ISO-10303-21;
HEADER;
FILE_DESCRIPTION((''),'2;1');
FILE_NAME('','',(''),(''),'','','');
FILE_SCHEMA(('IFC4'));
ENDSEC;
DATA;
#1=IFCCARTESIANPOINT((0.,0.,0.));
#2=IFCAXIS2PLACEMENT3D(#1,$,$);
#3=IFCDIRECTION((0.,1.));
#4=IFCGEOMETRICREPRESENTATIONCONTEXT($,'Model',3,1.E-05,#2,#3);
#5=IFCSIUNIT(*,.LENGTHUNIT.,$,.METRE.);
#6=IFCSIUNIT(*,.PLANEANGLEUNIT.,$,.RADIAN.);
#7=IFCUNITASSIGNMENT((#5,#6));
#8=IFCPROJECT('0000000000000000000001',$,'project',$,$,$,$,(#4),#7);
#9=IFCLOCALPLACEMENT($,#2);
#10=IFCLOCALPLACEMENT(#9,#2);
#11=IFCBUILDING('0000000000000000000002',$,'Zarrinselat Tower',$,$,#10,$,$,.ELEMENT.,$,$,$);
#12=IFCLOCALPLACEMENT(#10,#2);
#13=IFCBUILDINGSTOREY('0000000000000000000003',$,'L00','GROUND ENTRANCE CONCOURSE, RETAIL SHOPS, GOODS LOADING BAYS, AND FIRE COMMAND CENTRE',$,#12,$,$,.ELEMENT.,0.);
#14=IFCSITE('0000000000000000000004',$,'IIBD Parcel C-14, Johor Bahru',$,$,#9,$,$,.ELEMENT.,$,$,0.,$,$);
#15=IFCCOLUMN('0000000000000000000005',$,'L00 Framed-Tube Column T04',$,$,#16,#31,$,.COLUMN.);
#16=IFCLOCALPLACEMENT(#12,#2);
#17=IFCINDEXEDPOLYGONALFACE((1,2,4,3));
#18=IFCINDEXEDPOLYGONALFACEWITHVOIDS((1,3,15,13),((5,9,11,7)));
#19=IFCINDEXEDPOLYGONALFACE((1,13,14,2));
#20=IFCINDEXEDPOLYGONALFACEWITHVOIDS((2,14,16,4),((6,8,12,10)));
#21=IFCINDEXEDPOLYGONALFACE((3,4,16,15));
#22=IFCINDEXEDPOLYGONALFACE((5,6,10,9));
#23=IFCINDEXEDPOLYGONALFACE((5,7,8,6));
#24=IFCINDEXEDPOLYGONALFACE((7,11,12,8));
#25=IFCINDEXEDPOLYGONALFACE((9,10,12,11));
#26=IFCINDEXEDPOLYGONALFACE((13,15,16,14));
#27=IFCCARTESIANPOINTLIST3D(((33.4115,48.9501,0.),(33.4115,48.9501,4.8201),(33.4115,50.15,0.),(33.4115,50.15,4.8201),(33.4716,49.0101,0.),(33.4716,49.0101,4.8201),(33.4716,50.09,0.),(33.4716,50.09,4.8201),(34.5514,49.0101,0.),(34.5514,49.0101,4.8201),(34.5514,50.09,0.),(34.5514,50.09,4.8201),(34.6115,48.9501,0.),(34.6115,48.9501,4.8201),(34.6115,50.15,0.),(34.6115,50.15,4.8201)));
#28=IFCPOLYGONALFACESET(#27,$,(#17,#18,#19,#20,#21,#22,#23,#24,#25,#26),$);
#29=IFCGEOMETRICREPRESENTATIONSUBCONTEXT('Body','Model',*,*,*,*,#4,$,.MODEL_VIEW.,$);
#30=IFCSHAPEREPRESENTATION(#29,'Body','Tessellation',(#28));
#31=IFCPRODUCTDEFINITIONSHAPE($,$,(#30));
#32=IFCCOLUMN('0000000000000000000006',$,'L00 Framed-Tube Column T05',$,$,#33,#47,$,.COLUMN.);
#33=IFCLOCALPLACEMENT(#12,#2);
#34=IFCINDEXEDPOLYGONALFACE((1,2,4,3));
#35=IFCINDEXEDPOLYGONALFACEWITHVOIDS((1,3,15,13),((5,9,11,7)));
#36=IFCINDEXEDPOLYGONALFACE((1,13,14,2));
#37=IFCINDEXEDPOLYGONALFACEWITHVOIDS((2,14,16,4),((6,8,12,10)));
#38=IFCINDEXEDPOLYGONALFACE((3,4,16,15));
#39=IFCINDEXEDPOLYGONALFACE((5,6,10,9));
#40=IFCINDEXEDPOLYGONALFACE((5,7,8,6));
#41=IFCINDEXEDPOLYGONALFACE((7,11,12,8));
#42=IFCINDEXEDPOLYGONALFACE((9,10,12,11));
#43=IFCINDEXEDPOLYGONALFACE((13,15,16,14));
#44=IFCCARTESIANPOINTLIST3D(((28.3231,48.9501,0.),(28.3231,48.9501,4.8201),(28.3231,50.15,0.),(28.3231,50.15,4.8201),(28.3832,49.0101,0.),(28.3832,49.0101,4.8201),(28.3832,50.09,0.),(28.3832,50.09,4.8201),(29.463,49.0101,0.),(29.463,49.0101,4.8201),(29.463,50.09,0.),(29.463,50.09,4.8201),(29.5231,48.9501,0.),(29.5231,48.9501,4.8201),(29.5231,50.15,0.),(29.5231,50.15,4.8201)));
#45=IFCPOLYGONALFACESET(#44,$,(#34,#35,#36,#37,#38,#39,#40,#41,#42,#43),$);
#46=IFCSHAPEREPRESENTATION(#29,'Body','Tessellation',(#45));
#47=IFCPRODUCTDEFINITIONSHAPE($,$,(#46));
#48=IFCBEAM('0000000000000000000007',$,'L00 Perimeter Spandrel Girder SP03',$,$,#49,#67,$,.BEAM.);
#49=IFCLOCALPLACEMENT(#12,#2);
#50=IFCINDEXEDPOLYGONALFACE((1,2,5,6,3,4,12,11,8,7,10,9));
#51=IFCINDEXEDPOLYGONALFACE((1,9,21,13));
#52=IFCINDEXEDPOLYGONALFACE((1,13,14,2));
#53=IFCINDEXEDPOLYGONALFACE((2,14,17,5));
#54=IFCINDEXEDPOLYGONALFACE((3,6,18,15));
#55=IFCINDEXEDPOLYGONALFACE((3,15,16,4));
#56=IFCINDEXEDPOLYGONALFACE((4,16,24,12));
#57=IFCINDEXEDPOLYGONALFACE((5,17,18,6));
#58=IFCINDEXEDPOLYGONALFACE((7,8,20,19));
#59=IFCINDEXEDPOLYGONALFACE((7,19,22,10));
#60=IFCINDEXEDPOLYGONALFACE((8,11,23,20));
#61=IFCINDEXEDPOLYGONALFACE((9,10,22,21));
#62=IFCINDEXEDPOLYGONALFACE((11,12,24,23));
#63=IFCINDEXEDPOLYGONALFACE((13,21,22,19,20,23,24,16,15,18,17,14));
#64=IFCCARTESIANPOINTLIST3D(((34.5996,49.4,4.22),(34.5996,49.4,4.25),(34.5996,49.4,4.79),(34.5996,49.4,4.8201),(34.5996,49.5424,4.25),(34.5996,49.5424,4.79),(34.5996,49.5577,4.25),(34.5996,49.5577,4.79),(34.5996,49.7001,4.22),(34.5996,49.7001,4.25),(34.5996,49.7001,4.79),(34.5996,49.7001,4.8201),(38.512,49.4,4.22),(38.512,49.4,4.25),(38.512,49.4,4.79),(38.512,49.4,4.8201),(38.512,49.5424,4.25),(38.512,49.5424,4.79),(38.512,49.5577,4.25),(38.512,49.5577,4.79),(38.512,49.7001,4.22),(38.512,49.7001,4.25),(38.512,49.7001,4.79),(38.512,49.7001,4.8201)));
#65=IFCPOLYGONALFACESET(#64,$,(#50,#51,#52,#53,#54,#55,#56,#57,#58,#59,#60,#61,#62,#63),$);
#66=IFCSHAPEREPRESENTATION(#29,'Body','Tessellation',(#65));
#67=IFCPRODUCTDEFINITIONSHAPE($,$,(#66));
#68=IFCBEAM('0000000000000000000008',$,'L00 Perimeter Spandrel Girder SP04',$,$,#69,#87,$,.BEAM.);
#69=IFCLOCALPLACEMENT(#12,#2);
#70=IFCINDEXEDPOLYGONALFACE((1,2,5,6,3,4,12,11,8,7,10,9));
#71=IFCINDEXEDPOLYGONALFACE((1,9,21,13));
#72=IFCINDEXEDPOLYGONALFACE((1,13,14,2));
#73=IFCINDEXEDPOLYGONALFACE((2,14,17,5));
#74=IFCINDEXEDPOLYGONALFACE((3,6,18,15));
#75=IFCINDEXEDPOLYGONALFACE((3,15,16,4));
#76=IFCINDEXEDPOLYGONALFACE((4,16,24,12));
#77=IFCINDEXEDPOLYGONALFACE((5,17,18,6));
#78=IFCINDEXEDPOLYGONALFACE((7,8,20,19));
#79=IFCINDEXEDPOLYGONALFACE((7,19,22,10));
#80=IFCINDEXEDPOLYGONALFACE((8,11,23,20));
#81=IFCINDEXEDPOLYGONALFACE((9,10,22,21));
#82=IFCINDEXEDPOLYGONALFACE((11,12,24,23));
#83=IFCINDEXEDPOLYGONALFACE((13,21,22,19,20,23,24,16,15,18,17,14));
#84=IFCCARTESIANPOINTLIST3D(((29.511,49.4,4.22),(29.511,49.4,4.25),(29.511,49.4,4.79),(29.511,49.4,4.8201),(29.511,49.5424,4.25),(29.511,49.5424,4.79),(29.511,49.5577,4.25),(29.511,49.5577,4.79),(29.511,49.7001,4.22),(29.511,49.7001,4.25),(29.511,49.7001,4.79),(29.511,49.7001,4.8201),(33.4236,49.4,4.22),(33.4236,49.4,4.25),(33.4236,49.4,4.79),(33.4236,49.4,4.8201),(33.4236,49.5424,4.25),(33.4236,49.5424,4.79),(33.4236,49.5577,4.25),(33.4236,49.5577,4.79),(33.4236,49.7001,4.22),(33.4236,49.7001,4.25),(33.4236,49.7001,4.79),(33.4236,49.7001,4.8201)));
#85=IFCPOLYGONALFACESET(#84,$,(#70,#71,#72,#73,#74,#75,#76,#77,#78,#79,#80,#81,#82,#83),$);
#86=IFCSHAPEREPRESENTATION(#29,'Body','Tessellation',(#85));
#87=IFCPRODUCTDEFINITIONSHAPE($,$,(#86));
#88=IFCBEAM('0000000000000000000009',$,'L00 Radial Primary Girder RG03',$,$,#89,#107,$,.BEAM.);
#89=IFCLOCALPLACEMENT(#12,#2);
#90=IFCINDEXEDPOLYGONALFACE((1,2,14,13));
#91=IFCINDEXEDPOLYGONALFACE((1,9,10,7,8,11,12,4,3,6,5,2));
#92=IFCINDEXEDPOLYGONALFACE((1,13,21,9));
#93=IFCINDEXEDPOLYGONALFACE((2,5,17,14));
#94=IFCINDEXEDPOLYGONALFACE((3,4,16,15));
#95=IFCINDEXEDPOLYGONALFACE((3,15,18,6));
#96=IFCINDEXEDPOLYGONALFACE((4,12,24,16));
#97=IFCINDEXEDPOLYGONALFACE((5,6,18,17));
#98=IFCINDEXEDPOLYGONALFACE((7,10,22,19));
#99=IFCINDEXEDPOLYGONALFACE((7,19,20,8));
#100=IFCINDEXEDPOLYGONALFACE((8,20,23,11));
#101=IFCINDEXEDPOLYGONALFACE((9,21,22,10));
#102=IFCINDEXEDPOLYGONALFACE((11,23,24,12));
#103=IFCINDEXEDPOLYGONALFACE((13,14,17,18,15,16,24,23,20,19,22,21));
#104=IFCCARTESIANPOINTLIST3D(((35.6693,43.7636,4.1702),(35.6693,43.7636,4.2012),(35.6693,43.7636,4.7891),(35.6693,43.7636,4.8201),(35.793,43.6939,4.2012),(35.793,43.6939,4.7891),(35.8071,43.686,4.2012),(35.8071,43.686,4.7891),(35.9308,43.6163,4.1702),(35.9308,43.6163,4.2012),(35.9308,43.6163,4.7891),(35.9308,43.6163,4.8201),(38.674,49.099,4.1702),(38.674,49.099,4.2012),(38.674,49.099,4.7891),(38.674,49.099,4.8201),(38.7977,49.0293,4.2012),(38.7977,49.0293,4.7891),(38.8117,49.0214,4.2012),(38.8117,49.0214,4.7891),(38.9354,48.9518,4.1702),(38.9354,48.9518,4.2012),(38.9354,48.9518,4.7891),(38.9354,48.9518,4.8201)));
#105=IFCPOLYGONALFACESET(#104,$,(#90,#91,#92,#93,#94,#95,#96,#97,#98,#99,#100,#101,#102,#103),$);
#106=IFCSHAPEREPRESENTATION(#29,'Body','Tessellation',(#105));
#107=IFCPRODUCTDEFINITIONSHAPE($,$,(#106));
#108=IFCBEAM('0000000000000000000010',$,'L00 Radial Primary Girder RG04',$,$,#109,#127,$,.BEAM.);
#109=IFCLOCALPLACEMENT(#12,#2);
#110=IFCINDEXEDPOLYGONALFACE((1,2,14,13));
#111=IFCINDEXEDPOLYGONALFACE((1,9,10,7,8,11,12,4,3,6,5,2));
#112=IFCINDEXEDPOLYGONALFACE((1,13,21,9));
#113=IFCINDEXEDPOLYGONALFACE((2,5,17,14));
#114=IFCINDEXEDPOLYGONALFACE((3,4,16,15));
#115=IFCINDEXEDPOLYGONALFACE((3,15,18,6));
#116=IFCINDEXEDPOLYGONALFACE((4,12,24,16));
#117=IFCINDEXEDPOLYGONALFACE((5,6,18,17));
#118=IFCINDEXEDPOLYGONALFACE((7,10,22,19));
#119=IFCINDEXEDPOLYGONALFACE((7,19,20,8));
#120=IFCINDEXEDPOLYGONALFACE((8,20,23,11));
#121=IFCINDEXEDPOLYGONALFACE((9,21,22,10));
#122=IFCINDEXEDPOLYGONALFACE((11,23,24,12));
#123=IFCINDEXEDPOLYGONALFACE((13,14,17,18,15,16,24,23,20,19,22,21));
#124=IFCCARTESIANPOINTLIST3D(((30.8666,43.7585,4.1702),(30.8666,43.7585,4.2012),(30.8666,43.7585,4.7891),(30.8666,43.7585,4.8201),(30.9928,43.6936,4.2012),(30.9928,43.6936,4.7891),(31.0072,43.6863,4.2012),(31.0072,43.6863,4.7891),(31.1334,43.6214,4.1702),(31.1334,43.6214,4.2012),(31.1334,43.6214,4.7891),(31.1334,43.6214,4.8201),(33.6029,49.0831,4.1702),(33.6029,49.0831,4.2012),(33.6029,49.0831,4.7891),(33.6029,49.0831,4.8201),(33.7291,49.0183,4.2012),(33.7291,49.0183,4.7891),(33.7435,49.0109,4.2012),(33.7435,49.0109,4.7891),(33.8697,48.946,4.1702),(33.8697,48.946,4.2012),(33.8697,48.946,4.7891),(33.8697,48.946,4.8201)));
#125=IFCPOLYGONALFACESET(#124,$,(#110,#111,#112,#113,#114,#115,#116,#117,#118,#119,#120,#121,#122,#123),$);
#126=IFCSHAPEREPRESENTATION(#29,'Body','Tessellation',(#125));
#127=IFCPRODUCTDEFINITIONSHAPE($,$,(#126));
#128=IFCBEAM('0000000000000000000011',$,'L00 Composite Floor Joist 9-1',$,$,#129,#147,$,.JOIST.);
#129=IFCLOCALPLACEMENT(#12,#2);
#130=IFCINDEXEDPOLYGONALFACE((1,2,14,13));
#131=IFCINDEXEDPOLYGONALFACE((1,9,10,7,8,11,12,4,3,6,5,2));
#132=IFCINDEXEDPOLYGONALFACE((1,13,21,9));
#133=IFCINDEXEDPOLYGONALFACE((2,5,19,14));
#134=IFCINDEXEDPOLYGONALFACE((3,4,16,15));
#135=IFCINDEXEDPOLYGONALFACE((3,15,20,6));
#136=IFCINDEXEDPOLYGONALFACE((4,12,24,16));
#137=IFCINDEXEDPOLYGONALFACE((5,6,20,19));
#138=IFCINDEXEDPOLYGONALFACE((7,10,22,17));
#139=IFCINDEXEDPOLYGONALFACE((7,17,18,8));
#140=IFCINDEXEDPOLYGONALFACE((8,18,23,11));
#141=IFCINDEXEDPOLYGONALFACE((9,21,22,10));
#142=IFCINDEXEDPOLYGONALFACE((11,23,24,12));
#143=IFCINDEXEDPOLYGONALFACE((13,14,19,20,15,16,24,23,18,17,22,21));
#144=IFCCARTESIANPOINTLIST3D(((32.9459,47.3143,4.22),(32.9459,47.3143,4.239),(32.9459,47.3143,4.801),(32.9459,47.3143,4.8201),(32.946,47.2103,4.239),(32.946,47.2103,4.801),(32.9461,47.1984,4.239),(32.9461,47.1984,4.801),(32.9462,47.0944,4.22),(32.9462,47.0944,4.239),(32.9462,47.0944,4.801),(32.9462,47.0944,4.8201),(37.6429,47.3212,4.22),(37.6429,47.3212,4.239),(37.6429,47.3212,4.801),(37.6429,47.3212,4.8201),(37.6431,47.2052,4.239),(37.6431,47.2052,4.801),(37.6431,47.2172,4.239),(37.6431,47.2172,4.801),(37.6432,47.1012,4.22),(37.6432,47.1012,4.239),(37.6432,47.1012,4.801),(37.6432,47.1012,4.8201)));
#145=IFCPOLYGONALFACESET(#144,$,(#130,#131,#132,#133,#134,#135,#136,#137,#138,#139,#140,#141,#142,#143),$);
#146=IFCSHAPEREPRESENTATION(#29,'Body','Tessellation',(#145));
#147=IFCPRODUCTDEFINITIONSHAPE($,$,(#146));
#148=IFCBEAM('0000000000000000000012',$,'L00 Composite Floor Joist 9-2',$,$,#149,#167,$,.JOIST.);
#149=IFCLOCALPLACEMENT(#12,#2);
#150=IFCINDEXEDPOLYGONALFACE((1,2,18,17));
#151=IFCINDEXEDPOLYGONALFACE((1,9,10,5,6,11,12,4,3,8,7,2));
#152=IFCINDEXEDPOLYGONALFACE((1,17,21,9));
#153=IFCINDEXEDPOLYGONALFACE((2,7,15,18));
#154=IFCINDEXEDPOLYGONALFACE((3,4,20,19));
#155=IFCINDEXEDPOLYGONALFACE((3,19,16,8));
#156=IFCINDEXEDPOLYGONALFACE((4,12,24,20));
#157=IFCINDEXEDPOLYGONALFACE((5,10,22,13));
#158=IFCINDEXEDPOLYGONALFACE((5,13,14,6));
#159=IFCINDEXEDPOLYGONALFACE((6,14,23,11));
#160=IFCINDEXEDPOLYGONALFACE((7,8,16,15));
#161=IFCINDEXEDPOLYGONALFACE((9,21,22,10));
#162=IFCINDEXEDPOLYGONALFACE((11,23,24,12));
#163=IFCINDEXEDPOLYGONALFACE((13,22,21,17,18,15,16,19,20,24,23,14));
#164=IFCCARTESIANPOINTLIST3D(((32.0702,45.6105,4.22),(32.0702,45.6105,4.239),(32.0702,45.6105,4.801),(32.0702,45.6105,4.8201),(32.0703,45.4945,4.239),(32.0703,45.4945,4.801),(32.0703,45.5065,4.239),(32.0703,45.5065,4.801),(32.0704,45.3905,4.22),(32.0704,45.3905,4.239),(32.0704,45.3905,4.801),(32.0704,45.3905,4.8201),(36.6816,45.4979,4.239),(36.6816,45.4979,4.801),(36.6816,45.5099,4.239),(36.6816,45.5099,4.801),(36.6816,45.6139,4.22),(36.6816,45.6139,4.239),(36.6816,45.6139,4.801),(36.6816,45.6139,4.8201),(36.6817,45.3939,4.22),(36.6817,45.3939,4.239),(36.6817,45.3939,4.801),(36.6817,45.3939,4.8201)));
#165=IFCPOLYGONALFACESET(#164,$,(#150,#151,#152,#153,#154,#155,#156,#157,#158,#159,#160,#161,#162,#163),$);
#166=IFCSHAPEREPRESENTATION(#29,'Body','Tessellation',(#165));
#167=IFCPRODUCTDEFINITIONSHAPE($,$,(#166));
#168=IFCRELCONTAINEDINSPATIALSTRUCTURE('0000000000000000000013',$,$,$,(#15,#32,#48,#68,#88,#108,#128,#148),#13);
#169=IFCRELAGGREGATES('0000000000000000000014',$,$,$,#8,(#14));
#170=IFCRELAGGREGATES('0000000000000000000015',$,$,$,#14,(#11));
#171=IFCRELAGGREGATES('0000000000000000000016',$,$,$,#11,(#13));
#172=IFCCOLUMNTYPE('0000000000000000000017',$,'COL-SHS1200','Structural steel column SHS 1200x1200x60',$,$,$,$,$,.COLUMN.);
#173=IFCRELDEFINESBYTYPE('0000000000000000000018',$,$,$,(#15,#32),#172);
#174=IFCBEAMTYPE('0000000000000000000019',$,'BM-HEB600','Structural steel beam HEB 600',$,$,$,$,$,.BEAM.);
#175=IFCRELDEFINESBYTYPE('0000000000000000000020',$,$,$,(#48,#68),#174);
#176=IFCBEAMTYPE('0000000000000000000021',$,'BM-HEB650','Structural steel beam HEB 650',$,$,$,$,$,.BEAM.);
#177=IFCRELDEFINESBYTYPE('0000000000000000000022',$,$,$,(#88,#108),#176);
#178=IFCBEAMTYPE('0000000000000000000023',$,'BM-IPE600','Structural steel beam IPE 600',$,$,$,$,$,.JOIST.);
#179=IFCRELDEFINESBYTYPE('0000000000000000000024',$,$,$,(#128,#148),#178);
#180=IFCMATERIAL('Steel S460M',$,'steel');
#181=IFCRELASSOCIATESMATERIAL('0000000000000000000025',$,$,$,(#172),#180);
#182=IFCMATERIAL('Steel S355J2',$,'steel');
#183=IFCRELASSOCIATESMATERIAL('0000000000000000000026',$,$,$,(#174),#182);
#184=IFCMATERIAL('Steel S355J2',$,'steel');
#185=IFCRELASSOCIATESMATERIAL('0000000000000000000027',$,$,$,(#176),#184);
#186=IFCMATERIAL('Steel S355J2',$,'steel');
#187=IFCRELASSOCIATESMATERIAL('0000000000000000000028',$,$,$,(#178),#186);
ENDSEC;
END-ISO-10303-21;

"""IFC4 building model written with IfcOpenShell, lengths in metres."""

from ifc_helpers import new_model, si_unit, direction, frame, origin, origin_2d, place, context, subcontext, project, spatial, hollow_rectangle, i_section, extrude, material, material_profile, profile_set, type_object, element, save


model = new_model("IFC4")

# Units and contexts
model_context = context("Model", 3, precision=1e-05, world=origin(), true_north=direction((0.0, 1.0)))
body_context = subcontext(model_context, "Body", "Model", "MODEL_VIEW")
ifc_project = project(units=[si_unit("LENGTHUNIT", "METRE"), si_unit("PLANEANGLEUNIT", "RADIAN")], contexts=[model_context])

# Site, building, storey
site_placement = place(None, origin())
site = spatial("IfcSite", under=ifc_project, at=site_placement, Name="IIBD Parcel C-14, Johor Bahru", CompositionType="ELEMENT", RefElevation=0.0)
building_placement = place(site_placement, origin())
building = spatial("IfcBuilding", under=site, at=building_placement, Name="Zarrinselat Tower", CompositionType="ELEMENT")
storey_placement = place(building_placement, origin())
storey = spatial("IfcBuildingStorey", under=building, at=storey_placement, Name="L00", Description="GROUND ENTRANCE CONCOURSE, RETAIL SHOPS, GOODS LOADING BAYS, AND FIRE COMMAND CENTRE", CompositionType="ELEMENT", Elevation=0.0)

# Columns
ifc_material_1 = material(Name="Steel S460M", Category="steel")
ifc_material_profile_1 = material_profile(ifc_material_1, hollow_rectangle(XDim=1.2, YDim=1.2, WallThickness=0.0601, at=origin_2d()), Name="SHS 1200x1200x60")
ifc_profile_set_1 = profile_set([ifc_material_profile_1], Name="Steel S460M")
column_type = type_object("IfcColumnType", Name="COL-SHS1200", Description="Structural steel column SHS 1200x1200x60", PredefinedType="COLUMN", material=ifc_profile_set_1)
for number, where, z_axis, x_axis, name in (
    (1, (34.0115, 49.55, 0.0), (0.0, 0.0, 1.0), (1.0, 0.0, 0.0), "L00 Framed-Tube Column T04"),
    (2, (28.9231, 49.55, 0.0), (0.0, 0.0, 1.0), (1.0, 0.0, 0.0), "L00 Framed-Tube Column T05"),
):
    element("IfcColumn", number, at=place(storey_placement, frame(where, z_axis=z_axis, x_axis=x_axis)), inside=storey, type_object=column_type, Name=name, PredefinedType="COLUMN", context=body_context, shape_type="SweptSolid", body=[
        extrude(hollow_rectangle(XDim=1.2, YDim=1.2, WallThickness=0.0601, at=origin_2d()), origin(), (0.0, 0.0, 1.0), 4.8201),
    ])

# Beams
ifc_material_2 = material(Name="Steel S355J2", Category="steel")
ifc_material_profile_2 = material_profile(ifc_material_2, i_section(OverallWidth=0.3, OverallDepth=0.6001, WebThickness=0.0154, FlangeThickness=0.03, at=origin_2d()), Name="HEB 600")
ifc_profile_set_2 = profile_set([ifc_material_profile_2], Name="Steel S355J2")
beam_type_1 = type_object("IfcBeamType", Name="BM-HEB600", Description="Structural steel beam HEB 600", PredefinedType="BEAM", material=ifc_profile_set_2)
beam_1_placement = place(storey_placement, frame((34.5996, 49.55, 4.52), z_axis=(1.0, 0.0, 0.0), x_axis=(0.0, 1.0, 0.0)))
element("IfcBeam", 3, at=beam_1_placement, inside=storey, type_object=beam_type_1, Name="L00 Perimeter Spandrel Girder SP03", PredefinedType="BEAM", context=body_context, shape_type="SweptSolid", body=[
    extrude(i_section(OverallWidth=0.3, OverallDepth=0.6001, WebThickness=0.0154, FlangeThickness=0.03, at=origin_2d()), origin(), (0.0, 0.0, 1.0), 3.9124),
])
beam_2_placement = place(storey_placement, frame((29.511, 49.55, 4.52), z_axis=(1.0, 0.0, 0.0), x_axis=(0.0, 1.0, 0.0)))
element("IfcBeam", 4, at=beam_2_placement, inside=storey, type_object=beam_type_1, Name="L00 Perimeter Spandrel Girder SP04", PredefinedType="BEAM", context=body_context, shape_type="SweptSolid", body=[
    extrude(i_section(OverallWidth=0.3, OverallDepth=0.6001, WebThickness=0.0154, FlangeThickness=0.03, at=origin_2d()), origin(), (0.0, 0.0, 1.0), 3.9126),
])
ifc_material_3 = material(Name="Steel S355J2", Category="steel")
ifc_material_profile_3 = material_profile(ifc_material_3, i_section(OverallWidth=0.3, OverallDepth=0.6499, WebThickness=0.0161, FlangeThickness=0.031, at=origin_2d()), Name="HEB 650")
ifc_profile_set_3 = profile_set([ifc_material_profile_3], Name="Steel S355J2")
beam_type_2 = type_object("IfcBeamType", Name="BM-HEB650", Description="Structural steel beam HEB 650", PredefinedType="BEAM", material=ifc_profile_set_3)
beam_3_placement = place(storey_placement, frame((35.8, 43.6899, 4.4951), z_axis=(0.490689, 0.871335, 0.0), x_axis=(-0.871335, 0.490689, 0.0)))
element("IfcBeam", 5, at=beam_3_placement, inside=storey, type_object=beam_type_2, Name="L00 Radial Primary Girder RG03", PredefinedType="BEAM", context=body_context, shape_type="SweptSolid", body=[
    extrude(i_section(OverallWidth=0.3, OverallDepth=0.6499, WebThickness=0.0161, FlangeThickness=0.031, at=origin_2d()), origin(), (0.0, 0.0, 1.0), 6.1233),
])
beam_4_placement = place(storey_placement, frame((31.0, 43.6899, 4.4951), z_axis=(0.457072, 0.88943, 0.0), x_axis=(-0.88943, 0.457072, 0.0)))
element("IfcBeam", 6, at=beam_4_placement, inside=storey, type_object=beam_type_2, Name="L00 Radial Primary Girder RG04", PredefinedType="BEAM", context=body_context, shape_type="SweptSolid", body=[
    extrude(i_section(OverallWidth=0.3, OverallDepth=0.6499, WebThickness=0.0161, FlangeThickness=0.031, at=origin_2d()), origin(), (0.0, 0.0, 1.0), 5.9866),
])
ifc_material_4 = material(Name="Steel S355J2", Category="steel")
ifc_material_profile_4 = material_profile(ifc_material_4, i_section(OverallWidth=0.22, OverallDepth=0.6001, WebThickness=0.012, FlangeThickness=0.019, at=origin_2d()), Name="IPE 600")
ifc_profile_set_4 = profile_set([ifc_material_profile_4], Name="Steel S355J2")
beam_type_3 = type_object("IfcBeamType", Name="BM-IPE600", Description="Structural steel beam IPE 600", PredefinedType="JOIST", material=ifc_profile_set_4)
beam_5_placement = place(storey_placement, frame((32.946, 47.2043, 4.52), z_axis=(0.999999, 0.001455, 0.0), x_axis=(-0.001455, 0.999999, 0.0)))
element("IfcBeam", 7, at=beam_5_placement, inside=storey, type_object=beam_type_3, Name="L00 Composite Floor Joist 9-1", PredefinedType="JOIST", context=body_context, shape_type="SweptSolid", body=[
    extrude(i_section(OverallWidth=0.22, OverallDepth=0.6001, WebThickness=0.012, FlangeThickness=0.019, at=origin_2d()), origin(), (0.0, 0.0, 1.0), 4.697),
])
beam_6_placement = place(storey_placement, frame((32.0703, 45.5005, 4.52), z_axis=(1.0, 0.000741, 0.0), x_axis=(-0.000741, 1.0, 0.0)))
element("IfcBeam", 8, at=beam_6_placement, inside=storey, type_object=beam_type_3, Name="L00 Composite Floor Joist 9-2", PredefinedType="JOIST", context=body_context, shape_type="SweptSolid", body=[
    extrude(i_section(OverallWidth=0.22, OverallDepth=0.6001, WebThickness=0.012, FlangeThickness=0.019, at=origin_2d()), origin(), (0.0, 0.0, 1.0), 4.6113),
])

save(model, "model.ifc")
